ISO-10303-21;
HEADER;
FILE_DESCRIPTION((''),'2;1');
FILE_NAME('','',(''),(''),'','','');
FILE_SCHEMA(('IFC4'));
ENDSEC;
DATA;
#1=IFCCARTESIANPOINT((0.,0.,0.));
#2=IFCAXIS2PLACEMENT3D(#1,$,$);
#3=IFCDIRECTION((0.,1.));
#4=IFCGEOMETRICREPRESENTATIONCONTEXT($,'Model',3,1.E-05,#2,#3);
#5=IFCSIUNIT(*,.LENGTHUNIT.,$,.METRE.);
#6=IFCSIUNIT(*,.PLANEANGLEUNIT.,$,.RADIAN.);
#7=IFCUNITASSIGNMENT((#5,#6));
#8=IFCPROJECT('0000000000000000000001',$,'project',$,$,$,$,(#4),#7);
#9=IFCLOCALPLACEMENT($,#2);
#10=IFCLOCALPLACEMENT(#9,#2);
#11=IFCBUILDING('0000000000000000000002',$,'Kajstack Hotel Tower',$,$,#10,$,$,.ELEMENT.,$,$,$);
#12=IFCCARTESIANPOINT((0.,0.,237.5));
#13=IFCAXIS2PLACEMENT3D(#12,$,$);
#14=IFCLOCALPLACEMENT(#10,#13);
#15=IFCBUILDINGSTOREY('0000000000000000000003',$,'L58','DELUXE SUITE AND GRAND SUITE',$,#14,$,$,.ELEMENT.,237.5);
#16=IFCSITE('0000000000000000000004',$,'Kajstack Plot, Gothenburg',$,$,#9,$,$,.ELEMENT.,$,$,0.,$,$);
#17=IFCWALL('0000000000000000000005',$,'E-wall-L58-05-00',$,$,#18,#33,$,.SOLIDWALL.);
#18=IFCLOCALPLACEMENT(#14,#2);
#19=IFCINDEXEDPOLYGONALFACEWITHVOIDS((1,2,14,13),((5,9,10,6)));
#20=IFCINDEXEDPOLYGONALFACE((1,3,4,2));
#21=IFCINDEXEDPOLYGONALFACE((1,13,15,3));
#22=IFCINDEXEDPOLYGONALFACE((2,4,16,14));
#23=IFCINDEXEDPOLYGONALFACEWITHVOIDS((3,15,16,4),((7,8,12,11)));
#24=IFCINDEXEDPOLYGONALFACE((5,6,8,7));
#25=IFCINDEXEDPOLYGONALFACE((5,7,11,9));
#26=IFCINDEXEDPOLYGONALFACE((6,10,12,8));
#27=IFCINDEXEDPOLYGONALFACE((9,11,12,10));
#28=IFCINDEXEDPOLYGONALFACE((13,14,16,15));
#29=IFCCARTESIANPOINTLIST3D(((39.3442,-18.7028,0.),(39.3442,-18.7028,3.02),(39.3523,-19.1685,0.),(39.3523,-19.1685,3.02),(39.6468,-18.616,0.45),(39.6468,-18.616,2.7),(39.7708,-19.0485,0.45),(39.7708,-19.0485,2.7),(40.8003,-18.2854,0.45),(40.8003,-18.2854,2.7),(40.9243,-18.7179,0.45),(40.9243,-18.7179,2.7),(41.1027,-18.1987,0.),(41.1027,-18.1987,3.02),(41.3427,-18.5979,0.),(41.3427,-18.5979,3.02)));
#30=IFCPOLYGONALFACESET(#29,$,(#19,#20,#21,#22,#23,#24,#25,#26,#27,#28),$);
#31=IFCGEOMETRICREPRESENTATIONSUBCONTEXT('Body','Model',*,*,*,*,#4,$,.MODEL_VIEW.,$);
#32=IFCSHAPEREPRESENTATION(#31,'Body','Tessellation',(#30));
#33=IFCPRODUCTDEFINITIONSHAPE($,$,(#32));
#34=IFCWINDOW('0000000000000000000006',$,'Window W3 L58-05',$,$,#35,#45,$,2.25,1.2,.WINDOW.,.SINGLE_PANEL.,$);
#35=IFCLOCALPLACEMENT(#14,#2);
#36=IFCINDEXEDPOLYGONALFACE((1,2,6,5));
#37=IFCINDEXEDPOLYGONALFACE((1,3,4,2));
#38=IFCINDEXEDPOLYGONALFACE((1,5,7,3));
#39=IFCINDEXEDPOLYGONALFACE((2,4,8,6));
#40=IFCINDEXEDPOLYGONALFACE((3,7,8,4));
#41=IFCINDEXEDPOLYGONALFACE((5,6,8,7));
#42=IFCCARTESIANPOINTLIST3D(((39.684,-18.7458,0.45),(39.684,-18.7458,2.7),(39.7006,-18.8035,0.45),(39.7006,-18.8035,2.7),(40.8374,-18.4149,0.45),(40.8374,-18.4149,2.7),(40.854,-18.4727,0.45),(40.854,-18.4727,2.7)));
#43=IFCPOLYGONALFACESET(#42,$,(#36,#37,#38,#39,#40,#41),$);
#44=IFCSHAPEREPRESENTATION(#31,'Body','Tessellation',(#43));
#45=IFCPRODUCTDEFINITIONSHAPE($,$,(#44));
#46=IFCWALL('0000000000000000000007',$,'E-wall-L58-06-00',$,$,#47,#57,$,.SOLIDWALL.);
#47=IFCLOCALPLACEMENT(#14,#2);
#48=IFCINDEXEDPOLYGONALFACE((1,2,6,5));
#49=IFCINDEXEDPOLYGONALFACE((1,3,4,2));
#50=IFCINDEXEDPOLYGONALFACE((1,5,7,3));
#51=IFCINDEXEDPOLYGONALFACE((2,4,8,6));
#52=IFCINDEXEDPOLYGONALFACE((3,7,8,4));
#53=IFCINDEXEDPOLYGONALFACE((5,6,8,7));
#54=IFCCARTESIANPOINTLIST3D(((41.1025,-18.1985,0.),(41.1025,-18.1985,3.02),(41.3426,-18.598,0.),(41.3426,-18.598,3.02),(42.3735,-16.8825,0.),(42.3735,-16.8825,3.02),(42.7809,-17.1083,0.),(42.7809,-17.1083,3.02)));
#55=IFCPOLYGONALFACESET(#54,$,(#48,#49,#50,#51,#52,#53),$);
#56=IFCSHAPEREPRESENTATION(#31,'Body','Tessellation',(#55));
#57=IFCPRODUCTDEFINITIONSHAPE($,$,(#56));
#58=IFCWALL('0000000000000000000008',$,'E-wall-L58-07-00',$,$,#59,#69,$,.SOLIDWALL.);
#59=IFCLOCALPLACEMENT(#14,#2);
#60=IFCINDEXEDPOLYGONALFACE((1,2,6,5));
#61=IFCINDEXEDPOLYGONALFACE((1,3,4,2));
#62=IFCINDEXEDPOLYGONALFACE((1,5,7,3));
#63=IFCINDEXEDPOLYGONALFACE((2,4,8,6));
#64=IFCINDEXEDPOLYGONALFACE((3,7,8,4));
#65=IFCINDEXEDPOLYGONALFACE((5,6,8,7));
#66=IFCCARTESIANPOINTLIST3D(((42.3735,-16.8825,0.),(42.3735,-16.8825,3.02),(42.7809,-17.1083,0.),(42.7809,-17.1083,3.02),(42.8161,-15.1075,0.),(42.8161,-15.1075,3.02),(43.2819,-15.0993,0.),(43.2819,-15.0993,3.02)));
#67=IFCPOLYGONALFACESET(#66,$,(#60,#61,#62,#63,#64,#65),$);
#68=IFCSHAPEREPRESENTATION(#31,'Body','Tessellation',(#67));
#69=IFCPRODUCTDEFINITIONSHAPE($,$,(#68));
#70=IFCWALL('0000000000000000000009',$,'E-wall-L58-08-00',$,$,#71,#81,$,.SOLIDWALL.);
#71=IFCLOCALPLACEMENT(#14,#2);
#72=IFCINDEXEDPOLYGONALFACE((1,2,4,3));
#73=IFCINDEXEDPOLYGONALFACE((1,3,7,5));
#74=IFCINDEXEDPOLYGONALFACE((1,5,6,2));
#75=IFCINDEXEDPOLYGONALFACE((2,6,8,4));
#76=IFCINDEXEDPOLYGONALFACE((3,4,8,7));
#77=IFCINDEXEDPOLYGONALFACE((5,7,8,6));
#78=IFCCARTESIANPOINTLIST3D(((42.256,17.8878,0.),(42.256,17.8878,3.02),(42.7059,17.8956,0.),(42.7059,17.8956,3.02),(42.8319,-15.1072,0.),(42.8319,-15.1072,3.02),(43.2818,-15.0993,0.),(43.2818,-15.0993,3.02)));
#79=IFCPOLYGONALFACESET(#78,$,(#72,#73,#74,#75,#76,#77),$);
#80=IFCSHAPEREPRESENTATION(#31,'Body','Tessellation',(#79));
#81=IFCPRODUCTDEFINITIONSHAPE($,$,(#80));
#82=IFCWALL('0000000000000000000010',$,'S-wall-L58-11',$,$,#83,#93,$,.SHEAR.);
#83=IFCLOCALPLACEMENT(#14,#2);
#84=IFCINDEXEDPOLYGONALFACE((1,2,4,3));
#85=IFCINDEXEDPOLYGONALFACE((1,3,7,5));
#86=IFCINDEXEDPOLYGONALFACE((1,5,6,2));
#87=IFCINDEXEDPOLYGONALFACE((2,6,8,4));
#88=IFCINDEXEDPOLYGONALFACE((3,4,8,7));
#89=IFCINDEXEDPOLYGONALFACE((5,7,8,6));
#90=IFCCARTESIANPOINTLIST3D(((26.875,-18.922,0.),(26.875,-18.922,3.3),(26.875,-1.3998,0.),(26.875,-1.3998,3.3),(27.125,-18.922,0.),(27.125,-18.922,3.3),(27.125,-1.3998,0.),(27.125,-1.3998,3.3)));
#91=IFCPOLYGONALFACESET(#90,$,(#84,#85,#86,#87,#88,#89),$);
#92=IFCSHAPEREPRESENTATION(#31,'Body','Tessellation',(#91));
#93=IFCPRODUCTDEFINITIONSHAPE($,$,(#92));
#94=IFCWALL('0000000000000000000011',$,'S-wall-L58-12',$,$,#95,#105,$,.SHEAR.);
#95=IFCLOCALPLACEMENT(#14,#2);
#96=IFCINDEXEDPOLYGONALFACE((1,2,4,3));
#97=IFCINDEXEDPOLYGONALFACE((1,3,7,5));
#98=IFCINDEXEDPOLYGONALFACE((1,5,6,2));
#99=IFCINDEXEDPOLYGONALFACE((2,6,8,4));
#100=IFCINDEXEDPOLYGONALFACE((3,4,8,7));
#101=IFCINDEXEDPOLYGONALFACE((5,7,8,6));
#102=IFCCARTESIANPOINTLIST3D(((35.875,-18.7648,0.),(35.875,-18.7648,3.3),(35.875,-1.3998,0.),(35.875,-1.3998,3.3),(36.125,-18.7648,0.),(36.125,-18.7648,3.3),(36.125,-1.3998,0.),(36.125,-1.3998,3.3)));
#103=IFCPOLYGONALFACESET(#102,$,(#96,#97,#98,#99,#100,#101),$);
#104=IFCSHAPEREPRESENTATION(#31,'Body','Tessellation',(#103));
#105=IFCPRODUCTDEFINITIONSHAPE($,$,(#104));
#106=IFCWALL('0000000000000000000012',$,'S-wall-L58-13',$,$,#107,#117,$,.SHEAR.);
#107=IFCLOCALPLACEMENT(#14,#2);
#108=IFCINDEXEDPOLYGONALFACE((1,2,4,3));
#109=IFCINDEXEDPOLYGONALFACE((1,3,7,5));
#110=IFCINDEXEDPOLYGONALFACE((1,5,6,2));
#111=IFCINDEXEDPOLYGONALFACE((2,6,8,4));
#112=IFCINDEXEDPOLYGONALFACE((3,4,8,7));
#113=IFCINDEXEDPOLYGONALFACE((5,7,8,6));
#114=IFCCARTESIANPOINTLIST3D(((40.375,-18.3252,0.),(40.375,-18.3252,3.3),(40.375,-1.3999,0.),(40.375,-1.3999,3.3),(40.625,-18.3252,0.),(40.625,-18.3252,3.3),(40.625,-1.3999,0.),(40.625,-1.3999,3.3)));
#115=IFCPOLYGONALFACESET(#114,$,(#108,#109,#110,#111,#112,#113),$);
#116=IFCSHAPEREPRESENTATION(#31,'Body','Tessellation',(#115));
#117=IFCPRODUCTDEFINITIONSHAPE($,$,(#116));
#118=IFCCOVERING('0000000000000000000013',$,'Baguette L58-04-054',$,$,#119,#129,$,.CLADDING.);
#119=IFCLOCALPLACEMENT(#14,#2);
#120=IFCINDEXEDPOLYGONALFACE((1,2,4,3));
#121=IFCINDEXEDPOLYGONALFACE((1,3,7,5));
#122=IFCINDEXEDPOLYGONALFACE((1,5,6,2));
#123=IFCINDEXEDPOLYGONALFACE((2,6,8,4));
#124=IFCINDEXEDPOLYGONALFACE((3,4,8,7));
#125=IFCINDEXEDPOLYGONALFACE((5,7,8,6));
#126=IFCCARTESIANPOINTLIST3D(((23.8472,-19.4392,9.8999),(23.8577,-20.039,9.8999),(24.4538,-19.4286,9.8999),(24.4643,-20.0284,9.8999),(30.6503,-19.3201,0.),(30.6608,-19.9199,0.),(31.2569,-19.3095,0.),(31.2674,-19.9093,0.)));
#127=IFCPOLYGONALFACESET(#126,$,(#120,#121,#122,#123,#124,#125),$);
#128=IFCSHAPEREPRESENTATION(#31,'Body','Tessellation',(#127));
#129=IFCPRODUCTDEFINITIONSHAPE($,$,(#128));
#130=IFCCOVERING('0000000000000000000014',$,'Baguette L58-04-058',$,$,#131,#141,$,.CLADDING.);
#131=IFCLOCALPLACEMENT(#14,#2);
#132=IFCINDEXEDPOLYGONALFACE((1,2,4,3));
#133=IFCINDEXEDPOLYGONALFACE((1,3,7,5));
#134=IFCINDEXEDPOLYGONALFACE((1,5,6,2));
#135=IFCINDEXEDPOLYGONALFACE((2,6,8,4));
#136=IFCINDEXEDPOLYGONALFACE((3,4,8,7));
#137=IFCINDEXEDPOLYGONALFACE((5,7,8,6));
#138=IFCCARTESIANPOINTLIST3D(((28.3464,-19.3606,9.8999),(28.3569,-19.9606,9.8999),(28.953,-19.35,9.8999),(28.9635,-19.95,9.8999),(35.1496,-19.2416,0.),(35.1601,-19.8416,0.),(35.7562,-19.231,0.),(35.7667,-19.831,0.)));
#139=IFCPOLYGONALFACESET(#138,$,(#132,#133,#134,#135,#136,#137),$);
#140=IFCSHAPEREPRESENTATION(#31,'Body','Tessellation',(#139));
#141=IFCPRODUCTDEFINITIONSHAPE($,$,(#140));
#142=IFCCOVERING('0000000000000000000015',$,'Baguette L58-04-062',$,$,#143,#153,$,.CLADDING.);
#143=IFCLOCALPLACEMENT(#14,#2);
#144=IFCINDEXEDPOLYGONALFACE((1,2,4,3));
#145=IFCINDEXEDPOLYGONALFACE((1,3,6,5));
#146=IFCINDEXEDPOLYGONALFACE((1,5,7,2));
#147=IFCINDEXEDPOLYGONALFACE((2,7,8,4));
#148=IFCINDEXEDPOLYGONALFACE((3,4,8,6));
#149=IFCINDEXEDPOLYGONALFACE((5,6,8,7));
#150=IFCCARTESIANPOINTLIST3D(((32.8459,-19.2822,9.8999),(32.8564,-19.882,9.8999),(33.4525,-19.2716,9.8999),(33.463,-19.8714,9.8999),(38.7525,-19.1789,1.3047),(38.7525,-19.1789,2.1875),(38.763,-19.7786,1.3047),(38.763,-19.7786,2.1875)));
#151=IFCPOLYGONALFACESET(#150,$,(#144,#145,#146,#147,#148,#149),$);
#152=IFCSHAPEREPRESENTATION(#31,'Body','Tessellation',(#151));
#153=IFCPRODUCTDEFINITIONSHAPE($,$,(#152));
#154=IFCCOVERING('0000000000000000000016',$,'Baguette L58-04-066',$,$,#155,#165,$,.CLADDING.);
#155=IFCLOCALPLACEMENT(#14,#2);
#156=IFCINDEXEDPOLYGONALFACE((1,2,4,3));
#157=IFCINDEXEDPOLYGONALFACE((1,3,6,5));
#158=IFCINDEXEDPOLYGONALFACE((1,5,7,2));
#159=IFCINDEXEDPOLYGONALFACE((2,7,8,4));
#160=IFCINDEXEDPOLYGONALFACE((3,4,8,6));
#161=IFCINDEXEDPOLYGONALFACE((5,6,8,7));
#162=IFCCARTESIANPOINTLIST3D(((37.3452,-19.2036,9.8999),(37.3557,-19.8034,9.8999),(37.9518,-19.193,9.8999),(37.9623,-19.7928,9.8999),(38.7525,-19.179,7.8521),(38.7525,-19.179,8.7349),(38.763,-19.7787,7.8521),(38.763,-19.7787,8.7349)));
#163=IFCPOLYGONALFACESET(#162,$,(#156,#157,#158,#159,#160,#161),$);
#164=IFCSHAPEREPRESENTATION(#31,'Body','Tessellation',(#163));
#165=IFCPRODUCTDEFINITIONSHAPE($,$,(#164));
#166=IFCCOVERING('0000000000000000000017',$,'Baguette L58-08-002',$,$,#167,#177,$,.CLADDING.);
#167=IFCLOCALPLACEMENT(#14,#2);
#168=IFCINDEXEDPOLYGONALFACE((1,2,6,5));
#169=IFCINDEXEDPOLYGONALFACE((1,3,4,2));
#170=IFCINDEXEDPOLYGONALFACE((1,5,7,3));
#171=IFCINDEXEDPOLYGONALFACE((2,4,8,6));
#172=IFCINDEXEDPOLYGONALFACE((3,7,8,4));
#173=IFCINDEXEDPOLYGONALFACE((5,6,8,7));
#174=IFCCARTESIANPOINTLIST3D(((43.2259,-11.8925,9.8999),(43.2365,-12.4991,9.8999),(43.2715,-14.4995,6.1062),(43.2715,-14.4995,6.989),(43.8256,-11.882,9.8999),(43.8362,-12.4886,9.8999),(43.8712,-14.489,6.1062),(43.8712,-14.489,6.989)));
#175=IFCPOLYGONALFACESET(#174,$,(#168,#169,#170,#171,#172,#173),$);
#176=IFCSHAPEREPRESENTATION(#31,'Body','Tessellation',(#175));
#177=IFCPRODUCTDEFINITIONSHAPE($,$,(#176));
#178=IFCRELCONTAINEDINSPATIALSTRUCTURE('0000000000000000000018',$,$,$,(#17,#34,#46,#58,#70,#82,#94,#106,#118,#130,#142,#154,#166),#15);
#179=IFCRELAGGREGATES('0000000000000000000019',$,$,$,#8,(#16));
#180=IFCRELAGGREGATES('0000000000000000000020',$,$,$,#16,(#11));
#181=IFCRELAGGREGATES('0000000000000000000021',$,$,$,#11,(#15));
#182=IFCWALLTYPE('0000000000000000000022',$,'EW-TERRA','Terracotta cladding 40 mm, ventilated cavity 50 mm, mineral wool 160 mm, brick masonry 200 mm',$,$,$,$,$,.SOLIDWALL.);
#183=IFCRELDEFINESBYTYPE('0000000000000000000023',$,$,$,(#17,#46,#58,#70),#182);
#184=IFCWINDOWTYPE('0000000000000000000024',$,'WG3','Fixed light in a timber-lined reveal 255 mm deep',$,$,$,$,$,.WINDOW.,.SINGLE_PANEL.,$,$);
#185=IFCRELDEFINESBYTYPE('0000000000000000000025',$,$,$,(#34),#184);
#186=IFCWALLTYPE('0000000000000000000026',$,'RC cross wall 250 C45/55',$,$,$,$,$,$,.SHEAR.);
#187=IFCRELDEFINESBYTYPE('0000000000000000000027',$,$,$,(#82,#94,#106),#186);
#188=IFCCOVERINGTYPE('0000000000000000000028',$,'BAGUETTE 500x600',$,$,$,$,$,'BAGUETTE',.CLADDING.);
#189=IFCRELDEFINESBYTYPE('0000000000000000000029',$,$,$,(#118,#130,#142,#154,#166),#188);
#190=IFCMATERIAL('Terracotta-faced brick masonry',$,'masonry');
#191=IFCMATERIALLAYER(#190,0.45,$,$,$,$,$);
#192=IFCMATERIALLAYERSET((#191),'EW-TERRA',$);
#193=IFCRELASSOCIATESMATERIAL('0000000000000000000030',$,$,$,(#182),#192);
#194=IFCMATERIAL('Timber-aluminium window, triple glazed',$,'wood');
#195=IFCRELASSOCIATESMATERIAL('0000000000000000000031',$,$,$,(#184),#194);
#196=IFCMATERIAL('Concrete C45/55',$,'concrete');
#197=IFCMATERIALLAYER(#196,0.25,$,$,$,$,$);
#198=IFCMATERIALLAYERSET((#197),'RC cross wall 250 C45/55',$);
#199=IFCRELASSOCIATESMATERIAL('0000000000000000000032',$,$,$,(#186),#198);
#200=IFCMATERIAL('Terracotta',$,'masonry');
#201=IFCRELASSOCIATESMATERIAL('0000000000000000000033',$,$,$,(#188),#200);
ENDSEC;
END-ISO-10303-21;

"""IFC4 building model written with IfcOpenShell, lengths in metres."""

from ifc_helpers import new_model, si_unit, direction, frame, frame_2d, origin, origin_2d, place, context, subcontext, project, spatial, polyline, rectangle, outline, extrude, material, layer, layer_set, material_profile, profile_set, type_object, element, fill, save


model = new_model("IFC4")

# Units and contexts
model_context = context("Model", 3, precision=1e-05, world=origin(), true_north=direction((0.0, 1.0)))
body_context = subcontext(model_context, "Body", "Model", "MODEL_VIEW")
ifc_project = project(units=[si_unit("LENGTHUNIT", "METRE"), si_unit("PLANEANGLEUNIT", "RADIAN")], contexts=[model_context])

# Site, building, storey
site_placement = place(None, origin())
site = spatial("IfcSite", under=ifc_project, at=site_placement, Name="Kajstack Plot, Gothenburg", CompositionType="ELEMENT", RefElevation=0.0)
building_placement = place(site_placement, origin())
building = spatial("IfcBuilding", under=site, at=building_placement, Name="Kajstack Hotel Tower", CompositionType="ELEMENT")
storey_placement = place(building_placement, frame((0.0, 0.0, 237.5)))
storey = spatial("IfcBuildingStorey", under=building, at=storey_placement, Name="L58", Description="DELUXE SUITE AND GRAND SUITE", CompositionType="ELEMENT", Elevation=237.5)

# Wall, opening, window
ifc_material_1 = material(Name="Terracotta-faced brick masonry", Category="masonry")
ifc_layer_1 = layer(ifc_material_1, 0.45)
ifc_layer_set_1 = layer_set([ifc_layer_1], Name="EW-TERRA")
wall_type_1 = type_object("IfcWallType", Name="EW-TERRA", Description="Terracotta cladding 40 mm, ventilated cavity 50 mm, mineral wool 160 mm, brick masonry 200 mm", PredefinedType="SOLIDWALL", material=ifc_layer_set_1)
wall_1_placement = place(storey_placement, frame((39.2903, -18.9524, 0.0), z_axis=(0.0, 0.0, 1.0), x_axis=(0.961248, 0.275687, 0.0)))
wall_1 = element("IfcWall", 1, at=wall_1_placement, inside=storey, type_object=wall_type_1, Name="E-wall-L58-05-00", PredefinedType="SOLIDWALL", context=body_context, shape_type="SweptSolid", body=[
    extrude(outline(polyline([(0.0, -0.2249), (2.0706, -0.2251), (1.95, 0.2249), (0.1206, 0.2251), (0.0, -0.2249)])), origin(), (0.0, 0.0, 1.0), 3.02),
])
opening_placement = place(wall_1_placement, frame((0.4353, 0.0, 0.45)))
opening = element("IfcOpeningElement", 2, at=opening_placement, cuts=wall_1, PredefinedType="OPENING", context=body_context, shape_type="SweptSolid", body=[
    extrude(rectangle(XDim=1.2, YDim=2.25, at=frame_2d((0.6001, 1.125))), frame((0.0, 0.2349, 0.0), z_axis=(0.0, -1.0, 0.0), x_axis=(1.0, 0.0, 0.0)), (0.0, 0.0, 1.0), 0.47),
])
ifc_material_2 = material(Name="Timber-aluminium window, triple glazed", Category="wood")
window_type = type_object("IfcWindowType", Name="WG3", Description="Fixed light in a timber-lined reveal 255 mm deep", PartitioningType="SINGLE_PANEL", PredefinedType="WINDOW", material=ifc_material_2)
window_placement = place(opening_placement, origin())
window = element("IfcWindow", 3, at=window_placement, inside=storey, type_object=window_type, Name="Window W3 L58-05", OverallHeight=2.25, OverallWidth=1.2, PartitioningType="SINGLE_PANEL", PredefinedType="WINDOW", context=body_context, shape_type="SweptSolid", body=[
    extrude(rectangle(XDim=1.2, YDim=2.25, at=frame_2d((0.6001, 1.125))), frame((0.0, 0.0901, 0.0), z_axis=(0.0, -1.0, 0.0), x_axis=(1.0, 0.0, 0.0)), (0.0, 0.0, 1.0), 0.0601),
])
fill(opening, window)

# Walls
wall_2_placement = place(storey_placement, frame((41.1807, -18.4417, 0.0), z_axis=(0.0, 0.0, 1.0), x_axis=(0.694679, 0.71932, 0.0)))
element("IfcWall", 4, at=wall_2_placement, inside=storey, type_object=wall_type_1, Name="E-wall-L58-06-00", PredefinedType="SOLIDWALL", context=body_context, shape_type="SweptSolid", body=[
    extrude(outline(polyline([(0.0, -0.2251), (2.0708, -0.2249), (1.9502, 0.2251), (0.1206, 0.2251), (0.0, -0.2251)])), origin(), (0.0, 0.0, 1.0), 3.02),
])
wall_3_placement = place(storey_placement, frame((42.5627, -17.054, 0.0), z_axis=(0.0, 0.0, 1.0), x_axis=(0.241842, 0.970316, 0.0)))
element("IfcWall", 5, at=wall_3_placement, inside=storey, type_object=wall_type_1, Name="E-wall-L58-07-00", PredefinedType="SOLIDWALL", context=body_context, shape_type="SweptSolid", body=[
    extrude(outline(polyline([(0.0, -0.2249), (2.0706, -0.2251), (1.95, 0.2249), (0.1206, 0.2251), (0.0, -0.2249)])), origin(), (0.0, 0.0, 1.0), 3.02),
])
wall_4_placement = place(storey_placement, frame((43.0569, -15.1033, 0.0), z_axis=(0.0, 0.0, 1.0), x_axis=(-0.017452, 0.999848, 0.0)))
element("IfcWall", 6, at=wall_4_placement, inside=storey, type_object=wall_type_1, Name="E-wall-L58-08-00", PredefinedType="SOLIDWALL", context=body_context, shape_type="SweptSolid", body=[
    extrude(rectangle(XDim=33.0, YDim=0.45, at=frame_2d((16.5, 0.0))), origin(), (0.0, 0.0, 1.0), 3.02),
])
ifc_material_3 = material(Name="Concrete C45/55", Category="concrete")
ifc_layer_2 = layer(ifc_material_3, 0.25)
ifc_layer_set_2 = layer_set([ifc_layer_2], Name="RC cross wall 250 C45/55")
wall_type_2 = type_object("IfcWallType", Name="RC cross wall 250 C45/55", PredefinedType="SHEAR", material=ifc_layer_set_2)
wall_5_placement = place(storey_placement, frame((27.0, -18.9221, 0.0), z_axis=(0.0, 0.0, 1.0), x_axis=(0.0, 1.0, 0.0)))
element("IfcWall", 7, at=wall_5_placement, inside=storey, type_object=wall_type_2, Name="S-wall-L58-11", PredefinedType="SHEAR", context=body_context, shape_type="SweptSolid", body=[
    extrude(rectangle(XDim=17.5222, YDim=0.25, at=frame_2d((8.7612, 0.0))), origin(), (0.0, 0.0, 1.0), 3.3),
])
wall_6_placement = place(storey_placement, frame((36.0, -18.7649, 0.0), z_axis=(0.0, 0.0, 1.0), x_axis=(0.0, 1.0, 0.0)))
element("IfcWall", 8, at=wall_6_placement, inside=storey, type_object=wall_type_2, Name="S-wall-L58-12", PredefinedType="SHEAR", context=body_context, shape_type="SweptSolid", body=[
    extrude(rectangle(XDim=17.365, YDim=0.25, at=frame_2d((8.6826, 0.0))), origin(), (0.0, 0.0, 1.0), 3.3),
])
wall_7_placement = place(storey_placement, frame((40.5, -18.3252, 0.0), z_axis=(0.0, 0.0, 1.0), x_axis=(0.0, 1.0, 0.0)))
element("IfcWall", 9, at=wall_7_placement, inside=storey, type_object=wall_type_2, Name="S-wall-L58-13", PredefinedType="SHEAR", context=body_context, shape_type="SweptSolid", body=[
    extrude(rectangle(XDim=16.9253, YDim=0.25, at=frame_2d((8.4626, 0.0))), origin(), (0.0, 0.0, 1.0), 3.3),
])

# Coverings
ifc_material_4 = material(Name="Terracotta", Category="masonry")
ifc_material_profile = material_profile(ifc_material_4, rectangle(XDim=0.6001, YDim=0.5, at=origin_2d()), Name="Terracotta-clad concrete baguette 500 x 600")
ifc_profile_set = profile_set([ifc_material_profile], Name="Terracotta")
covering_type = type_object("IfcCoveringType", Name="BAGUETTE 500x600", ElementType="BAGUETTE", PredefinedType="CLADDING", material=ifc_profile_set)
covering_1_placement = place(storey_placement, frame((23.8472, -19.4392, 0.0), z_axis=(0.017498, -0.999847, 0.0), x_axis=(0.999847, 0.017498, 0.0)))
element("IfcCovering", 10, at=covering_1_placement, inside=storey, type_object=covering_type, Name="Baguette L58-04-054", PredefinedType="CLADDING", context=body_context, shape_type="SweptSolid", body=[
    extrude(outline(polyline([(0.0, 9.8999), (6.8042, 0.0), (7.4109, 0.0), (0.6067, 9.8999), (0.0, 9.8999)])), origin(), (0.0, 0.0, 1.0), 0.5999),
])
covering_2_placement = place(storey_placement, frame((28.3464, -19.3606, 0.0), z_axis=(0.017491, -0.999847, 0.0), x_axis=(0.999847, 0.017491, 0.0)))
element("IfcCovering", 11, at=covering_2_placement, inside=storey, type_object=covering_type, Name="Baguette L58-04-058", PredefinedType="CLADDING", context=body_context, shape_type="SweptSolid", body=[
    extrude(outline(polyline([(0.0, 9.8999), (6.8042, 0.0), (7.4109, 0.0), (0.6067, 9.8999), (0.0, 9.8999)])), origin(), (0.0, 0.0, 1.0), 0.6001),
])
covering_3_placement = place(storey_placement, frame((32.8459, -19.2822, 0.0), z_axis=(0.017498, -0.999847, 0.0), x_axis=(0.999847, 0.017498, 0.0)))
element("IfcCovering", 12, at=covering_3_placement, inside=storey, type_object=covering_type, Name="Baguette L58-04-062", PredefinedType="CLADDING", context=body_context, shape_type="SweptSolid", body=[
    extrude(outline(polyline([(0.0, 9.8999), (5.9075, 1.3047), (5.9075, 2.1875), (0.6067, 9.8999), (0.0, 9.8999)])), origin(), (0.0, 0.0, 1.0), 0.5999),
])
covering_4_placement = place(storey_placement, frame((37.3452, -19.2036, 0.0), z_axis=(0.017498, -0.999847, 0.0), x_axis=(0.999847, 0.017498, 0.0)))
element("IfcCovering", 13, at=covering_4_placement, inside=storey, type_object=covering_type, Name="Baguette L58-04-066", PredefinedType="CLADDING", context=body_context, shape_type="SweptSolid", body=[
    extrude(outline(polyline([(0.0, 9.8999), (1.4075, 7.8521), (1.4075, 8.7349), (0.6067, 9.8999), (0.0, 9.8999)])), origin(), (0.0, 0.0, 1.0), 0.5999),
])
covering_5_placement = place(storey_placement, frame((43.2715, -14.4995, 0.0), z_axis=(0.999847, 0.017498, 0.0), x_axis=(-0.017498, 0.999847, 0.0)))
element("IfcCovering", 14, at=covering_5_placement, inside=storey, type_object=covering_type, Name="Baguette L58-08-002", PredefinedType="CLADDING", context=body_context, shape_type="SweptSolid", body=[
    extrude(outline(polyline([(2.0007, 9.8999), (0.0, 6.989), (0.0, 6.1062), (2.6074, 9.8999), (2.0007, 9.8999)])), origin(), (0.0, 0.0, 1.0), 0.5999),
])

save(model, "model.ifc")
